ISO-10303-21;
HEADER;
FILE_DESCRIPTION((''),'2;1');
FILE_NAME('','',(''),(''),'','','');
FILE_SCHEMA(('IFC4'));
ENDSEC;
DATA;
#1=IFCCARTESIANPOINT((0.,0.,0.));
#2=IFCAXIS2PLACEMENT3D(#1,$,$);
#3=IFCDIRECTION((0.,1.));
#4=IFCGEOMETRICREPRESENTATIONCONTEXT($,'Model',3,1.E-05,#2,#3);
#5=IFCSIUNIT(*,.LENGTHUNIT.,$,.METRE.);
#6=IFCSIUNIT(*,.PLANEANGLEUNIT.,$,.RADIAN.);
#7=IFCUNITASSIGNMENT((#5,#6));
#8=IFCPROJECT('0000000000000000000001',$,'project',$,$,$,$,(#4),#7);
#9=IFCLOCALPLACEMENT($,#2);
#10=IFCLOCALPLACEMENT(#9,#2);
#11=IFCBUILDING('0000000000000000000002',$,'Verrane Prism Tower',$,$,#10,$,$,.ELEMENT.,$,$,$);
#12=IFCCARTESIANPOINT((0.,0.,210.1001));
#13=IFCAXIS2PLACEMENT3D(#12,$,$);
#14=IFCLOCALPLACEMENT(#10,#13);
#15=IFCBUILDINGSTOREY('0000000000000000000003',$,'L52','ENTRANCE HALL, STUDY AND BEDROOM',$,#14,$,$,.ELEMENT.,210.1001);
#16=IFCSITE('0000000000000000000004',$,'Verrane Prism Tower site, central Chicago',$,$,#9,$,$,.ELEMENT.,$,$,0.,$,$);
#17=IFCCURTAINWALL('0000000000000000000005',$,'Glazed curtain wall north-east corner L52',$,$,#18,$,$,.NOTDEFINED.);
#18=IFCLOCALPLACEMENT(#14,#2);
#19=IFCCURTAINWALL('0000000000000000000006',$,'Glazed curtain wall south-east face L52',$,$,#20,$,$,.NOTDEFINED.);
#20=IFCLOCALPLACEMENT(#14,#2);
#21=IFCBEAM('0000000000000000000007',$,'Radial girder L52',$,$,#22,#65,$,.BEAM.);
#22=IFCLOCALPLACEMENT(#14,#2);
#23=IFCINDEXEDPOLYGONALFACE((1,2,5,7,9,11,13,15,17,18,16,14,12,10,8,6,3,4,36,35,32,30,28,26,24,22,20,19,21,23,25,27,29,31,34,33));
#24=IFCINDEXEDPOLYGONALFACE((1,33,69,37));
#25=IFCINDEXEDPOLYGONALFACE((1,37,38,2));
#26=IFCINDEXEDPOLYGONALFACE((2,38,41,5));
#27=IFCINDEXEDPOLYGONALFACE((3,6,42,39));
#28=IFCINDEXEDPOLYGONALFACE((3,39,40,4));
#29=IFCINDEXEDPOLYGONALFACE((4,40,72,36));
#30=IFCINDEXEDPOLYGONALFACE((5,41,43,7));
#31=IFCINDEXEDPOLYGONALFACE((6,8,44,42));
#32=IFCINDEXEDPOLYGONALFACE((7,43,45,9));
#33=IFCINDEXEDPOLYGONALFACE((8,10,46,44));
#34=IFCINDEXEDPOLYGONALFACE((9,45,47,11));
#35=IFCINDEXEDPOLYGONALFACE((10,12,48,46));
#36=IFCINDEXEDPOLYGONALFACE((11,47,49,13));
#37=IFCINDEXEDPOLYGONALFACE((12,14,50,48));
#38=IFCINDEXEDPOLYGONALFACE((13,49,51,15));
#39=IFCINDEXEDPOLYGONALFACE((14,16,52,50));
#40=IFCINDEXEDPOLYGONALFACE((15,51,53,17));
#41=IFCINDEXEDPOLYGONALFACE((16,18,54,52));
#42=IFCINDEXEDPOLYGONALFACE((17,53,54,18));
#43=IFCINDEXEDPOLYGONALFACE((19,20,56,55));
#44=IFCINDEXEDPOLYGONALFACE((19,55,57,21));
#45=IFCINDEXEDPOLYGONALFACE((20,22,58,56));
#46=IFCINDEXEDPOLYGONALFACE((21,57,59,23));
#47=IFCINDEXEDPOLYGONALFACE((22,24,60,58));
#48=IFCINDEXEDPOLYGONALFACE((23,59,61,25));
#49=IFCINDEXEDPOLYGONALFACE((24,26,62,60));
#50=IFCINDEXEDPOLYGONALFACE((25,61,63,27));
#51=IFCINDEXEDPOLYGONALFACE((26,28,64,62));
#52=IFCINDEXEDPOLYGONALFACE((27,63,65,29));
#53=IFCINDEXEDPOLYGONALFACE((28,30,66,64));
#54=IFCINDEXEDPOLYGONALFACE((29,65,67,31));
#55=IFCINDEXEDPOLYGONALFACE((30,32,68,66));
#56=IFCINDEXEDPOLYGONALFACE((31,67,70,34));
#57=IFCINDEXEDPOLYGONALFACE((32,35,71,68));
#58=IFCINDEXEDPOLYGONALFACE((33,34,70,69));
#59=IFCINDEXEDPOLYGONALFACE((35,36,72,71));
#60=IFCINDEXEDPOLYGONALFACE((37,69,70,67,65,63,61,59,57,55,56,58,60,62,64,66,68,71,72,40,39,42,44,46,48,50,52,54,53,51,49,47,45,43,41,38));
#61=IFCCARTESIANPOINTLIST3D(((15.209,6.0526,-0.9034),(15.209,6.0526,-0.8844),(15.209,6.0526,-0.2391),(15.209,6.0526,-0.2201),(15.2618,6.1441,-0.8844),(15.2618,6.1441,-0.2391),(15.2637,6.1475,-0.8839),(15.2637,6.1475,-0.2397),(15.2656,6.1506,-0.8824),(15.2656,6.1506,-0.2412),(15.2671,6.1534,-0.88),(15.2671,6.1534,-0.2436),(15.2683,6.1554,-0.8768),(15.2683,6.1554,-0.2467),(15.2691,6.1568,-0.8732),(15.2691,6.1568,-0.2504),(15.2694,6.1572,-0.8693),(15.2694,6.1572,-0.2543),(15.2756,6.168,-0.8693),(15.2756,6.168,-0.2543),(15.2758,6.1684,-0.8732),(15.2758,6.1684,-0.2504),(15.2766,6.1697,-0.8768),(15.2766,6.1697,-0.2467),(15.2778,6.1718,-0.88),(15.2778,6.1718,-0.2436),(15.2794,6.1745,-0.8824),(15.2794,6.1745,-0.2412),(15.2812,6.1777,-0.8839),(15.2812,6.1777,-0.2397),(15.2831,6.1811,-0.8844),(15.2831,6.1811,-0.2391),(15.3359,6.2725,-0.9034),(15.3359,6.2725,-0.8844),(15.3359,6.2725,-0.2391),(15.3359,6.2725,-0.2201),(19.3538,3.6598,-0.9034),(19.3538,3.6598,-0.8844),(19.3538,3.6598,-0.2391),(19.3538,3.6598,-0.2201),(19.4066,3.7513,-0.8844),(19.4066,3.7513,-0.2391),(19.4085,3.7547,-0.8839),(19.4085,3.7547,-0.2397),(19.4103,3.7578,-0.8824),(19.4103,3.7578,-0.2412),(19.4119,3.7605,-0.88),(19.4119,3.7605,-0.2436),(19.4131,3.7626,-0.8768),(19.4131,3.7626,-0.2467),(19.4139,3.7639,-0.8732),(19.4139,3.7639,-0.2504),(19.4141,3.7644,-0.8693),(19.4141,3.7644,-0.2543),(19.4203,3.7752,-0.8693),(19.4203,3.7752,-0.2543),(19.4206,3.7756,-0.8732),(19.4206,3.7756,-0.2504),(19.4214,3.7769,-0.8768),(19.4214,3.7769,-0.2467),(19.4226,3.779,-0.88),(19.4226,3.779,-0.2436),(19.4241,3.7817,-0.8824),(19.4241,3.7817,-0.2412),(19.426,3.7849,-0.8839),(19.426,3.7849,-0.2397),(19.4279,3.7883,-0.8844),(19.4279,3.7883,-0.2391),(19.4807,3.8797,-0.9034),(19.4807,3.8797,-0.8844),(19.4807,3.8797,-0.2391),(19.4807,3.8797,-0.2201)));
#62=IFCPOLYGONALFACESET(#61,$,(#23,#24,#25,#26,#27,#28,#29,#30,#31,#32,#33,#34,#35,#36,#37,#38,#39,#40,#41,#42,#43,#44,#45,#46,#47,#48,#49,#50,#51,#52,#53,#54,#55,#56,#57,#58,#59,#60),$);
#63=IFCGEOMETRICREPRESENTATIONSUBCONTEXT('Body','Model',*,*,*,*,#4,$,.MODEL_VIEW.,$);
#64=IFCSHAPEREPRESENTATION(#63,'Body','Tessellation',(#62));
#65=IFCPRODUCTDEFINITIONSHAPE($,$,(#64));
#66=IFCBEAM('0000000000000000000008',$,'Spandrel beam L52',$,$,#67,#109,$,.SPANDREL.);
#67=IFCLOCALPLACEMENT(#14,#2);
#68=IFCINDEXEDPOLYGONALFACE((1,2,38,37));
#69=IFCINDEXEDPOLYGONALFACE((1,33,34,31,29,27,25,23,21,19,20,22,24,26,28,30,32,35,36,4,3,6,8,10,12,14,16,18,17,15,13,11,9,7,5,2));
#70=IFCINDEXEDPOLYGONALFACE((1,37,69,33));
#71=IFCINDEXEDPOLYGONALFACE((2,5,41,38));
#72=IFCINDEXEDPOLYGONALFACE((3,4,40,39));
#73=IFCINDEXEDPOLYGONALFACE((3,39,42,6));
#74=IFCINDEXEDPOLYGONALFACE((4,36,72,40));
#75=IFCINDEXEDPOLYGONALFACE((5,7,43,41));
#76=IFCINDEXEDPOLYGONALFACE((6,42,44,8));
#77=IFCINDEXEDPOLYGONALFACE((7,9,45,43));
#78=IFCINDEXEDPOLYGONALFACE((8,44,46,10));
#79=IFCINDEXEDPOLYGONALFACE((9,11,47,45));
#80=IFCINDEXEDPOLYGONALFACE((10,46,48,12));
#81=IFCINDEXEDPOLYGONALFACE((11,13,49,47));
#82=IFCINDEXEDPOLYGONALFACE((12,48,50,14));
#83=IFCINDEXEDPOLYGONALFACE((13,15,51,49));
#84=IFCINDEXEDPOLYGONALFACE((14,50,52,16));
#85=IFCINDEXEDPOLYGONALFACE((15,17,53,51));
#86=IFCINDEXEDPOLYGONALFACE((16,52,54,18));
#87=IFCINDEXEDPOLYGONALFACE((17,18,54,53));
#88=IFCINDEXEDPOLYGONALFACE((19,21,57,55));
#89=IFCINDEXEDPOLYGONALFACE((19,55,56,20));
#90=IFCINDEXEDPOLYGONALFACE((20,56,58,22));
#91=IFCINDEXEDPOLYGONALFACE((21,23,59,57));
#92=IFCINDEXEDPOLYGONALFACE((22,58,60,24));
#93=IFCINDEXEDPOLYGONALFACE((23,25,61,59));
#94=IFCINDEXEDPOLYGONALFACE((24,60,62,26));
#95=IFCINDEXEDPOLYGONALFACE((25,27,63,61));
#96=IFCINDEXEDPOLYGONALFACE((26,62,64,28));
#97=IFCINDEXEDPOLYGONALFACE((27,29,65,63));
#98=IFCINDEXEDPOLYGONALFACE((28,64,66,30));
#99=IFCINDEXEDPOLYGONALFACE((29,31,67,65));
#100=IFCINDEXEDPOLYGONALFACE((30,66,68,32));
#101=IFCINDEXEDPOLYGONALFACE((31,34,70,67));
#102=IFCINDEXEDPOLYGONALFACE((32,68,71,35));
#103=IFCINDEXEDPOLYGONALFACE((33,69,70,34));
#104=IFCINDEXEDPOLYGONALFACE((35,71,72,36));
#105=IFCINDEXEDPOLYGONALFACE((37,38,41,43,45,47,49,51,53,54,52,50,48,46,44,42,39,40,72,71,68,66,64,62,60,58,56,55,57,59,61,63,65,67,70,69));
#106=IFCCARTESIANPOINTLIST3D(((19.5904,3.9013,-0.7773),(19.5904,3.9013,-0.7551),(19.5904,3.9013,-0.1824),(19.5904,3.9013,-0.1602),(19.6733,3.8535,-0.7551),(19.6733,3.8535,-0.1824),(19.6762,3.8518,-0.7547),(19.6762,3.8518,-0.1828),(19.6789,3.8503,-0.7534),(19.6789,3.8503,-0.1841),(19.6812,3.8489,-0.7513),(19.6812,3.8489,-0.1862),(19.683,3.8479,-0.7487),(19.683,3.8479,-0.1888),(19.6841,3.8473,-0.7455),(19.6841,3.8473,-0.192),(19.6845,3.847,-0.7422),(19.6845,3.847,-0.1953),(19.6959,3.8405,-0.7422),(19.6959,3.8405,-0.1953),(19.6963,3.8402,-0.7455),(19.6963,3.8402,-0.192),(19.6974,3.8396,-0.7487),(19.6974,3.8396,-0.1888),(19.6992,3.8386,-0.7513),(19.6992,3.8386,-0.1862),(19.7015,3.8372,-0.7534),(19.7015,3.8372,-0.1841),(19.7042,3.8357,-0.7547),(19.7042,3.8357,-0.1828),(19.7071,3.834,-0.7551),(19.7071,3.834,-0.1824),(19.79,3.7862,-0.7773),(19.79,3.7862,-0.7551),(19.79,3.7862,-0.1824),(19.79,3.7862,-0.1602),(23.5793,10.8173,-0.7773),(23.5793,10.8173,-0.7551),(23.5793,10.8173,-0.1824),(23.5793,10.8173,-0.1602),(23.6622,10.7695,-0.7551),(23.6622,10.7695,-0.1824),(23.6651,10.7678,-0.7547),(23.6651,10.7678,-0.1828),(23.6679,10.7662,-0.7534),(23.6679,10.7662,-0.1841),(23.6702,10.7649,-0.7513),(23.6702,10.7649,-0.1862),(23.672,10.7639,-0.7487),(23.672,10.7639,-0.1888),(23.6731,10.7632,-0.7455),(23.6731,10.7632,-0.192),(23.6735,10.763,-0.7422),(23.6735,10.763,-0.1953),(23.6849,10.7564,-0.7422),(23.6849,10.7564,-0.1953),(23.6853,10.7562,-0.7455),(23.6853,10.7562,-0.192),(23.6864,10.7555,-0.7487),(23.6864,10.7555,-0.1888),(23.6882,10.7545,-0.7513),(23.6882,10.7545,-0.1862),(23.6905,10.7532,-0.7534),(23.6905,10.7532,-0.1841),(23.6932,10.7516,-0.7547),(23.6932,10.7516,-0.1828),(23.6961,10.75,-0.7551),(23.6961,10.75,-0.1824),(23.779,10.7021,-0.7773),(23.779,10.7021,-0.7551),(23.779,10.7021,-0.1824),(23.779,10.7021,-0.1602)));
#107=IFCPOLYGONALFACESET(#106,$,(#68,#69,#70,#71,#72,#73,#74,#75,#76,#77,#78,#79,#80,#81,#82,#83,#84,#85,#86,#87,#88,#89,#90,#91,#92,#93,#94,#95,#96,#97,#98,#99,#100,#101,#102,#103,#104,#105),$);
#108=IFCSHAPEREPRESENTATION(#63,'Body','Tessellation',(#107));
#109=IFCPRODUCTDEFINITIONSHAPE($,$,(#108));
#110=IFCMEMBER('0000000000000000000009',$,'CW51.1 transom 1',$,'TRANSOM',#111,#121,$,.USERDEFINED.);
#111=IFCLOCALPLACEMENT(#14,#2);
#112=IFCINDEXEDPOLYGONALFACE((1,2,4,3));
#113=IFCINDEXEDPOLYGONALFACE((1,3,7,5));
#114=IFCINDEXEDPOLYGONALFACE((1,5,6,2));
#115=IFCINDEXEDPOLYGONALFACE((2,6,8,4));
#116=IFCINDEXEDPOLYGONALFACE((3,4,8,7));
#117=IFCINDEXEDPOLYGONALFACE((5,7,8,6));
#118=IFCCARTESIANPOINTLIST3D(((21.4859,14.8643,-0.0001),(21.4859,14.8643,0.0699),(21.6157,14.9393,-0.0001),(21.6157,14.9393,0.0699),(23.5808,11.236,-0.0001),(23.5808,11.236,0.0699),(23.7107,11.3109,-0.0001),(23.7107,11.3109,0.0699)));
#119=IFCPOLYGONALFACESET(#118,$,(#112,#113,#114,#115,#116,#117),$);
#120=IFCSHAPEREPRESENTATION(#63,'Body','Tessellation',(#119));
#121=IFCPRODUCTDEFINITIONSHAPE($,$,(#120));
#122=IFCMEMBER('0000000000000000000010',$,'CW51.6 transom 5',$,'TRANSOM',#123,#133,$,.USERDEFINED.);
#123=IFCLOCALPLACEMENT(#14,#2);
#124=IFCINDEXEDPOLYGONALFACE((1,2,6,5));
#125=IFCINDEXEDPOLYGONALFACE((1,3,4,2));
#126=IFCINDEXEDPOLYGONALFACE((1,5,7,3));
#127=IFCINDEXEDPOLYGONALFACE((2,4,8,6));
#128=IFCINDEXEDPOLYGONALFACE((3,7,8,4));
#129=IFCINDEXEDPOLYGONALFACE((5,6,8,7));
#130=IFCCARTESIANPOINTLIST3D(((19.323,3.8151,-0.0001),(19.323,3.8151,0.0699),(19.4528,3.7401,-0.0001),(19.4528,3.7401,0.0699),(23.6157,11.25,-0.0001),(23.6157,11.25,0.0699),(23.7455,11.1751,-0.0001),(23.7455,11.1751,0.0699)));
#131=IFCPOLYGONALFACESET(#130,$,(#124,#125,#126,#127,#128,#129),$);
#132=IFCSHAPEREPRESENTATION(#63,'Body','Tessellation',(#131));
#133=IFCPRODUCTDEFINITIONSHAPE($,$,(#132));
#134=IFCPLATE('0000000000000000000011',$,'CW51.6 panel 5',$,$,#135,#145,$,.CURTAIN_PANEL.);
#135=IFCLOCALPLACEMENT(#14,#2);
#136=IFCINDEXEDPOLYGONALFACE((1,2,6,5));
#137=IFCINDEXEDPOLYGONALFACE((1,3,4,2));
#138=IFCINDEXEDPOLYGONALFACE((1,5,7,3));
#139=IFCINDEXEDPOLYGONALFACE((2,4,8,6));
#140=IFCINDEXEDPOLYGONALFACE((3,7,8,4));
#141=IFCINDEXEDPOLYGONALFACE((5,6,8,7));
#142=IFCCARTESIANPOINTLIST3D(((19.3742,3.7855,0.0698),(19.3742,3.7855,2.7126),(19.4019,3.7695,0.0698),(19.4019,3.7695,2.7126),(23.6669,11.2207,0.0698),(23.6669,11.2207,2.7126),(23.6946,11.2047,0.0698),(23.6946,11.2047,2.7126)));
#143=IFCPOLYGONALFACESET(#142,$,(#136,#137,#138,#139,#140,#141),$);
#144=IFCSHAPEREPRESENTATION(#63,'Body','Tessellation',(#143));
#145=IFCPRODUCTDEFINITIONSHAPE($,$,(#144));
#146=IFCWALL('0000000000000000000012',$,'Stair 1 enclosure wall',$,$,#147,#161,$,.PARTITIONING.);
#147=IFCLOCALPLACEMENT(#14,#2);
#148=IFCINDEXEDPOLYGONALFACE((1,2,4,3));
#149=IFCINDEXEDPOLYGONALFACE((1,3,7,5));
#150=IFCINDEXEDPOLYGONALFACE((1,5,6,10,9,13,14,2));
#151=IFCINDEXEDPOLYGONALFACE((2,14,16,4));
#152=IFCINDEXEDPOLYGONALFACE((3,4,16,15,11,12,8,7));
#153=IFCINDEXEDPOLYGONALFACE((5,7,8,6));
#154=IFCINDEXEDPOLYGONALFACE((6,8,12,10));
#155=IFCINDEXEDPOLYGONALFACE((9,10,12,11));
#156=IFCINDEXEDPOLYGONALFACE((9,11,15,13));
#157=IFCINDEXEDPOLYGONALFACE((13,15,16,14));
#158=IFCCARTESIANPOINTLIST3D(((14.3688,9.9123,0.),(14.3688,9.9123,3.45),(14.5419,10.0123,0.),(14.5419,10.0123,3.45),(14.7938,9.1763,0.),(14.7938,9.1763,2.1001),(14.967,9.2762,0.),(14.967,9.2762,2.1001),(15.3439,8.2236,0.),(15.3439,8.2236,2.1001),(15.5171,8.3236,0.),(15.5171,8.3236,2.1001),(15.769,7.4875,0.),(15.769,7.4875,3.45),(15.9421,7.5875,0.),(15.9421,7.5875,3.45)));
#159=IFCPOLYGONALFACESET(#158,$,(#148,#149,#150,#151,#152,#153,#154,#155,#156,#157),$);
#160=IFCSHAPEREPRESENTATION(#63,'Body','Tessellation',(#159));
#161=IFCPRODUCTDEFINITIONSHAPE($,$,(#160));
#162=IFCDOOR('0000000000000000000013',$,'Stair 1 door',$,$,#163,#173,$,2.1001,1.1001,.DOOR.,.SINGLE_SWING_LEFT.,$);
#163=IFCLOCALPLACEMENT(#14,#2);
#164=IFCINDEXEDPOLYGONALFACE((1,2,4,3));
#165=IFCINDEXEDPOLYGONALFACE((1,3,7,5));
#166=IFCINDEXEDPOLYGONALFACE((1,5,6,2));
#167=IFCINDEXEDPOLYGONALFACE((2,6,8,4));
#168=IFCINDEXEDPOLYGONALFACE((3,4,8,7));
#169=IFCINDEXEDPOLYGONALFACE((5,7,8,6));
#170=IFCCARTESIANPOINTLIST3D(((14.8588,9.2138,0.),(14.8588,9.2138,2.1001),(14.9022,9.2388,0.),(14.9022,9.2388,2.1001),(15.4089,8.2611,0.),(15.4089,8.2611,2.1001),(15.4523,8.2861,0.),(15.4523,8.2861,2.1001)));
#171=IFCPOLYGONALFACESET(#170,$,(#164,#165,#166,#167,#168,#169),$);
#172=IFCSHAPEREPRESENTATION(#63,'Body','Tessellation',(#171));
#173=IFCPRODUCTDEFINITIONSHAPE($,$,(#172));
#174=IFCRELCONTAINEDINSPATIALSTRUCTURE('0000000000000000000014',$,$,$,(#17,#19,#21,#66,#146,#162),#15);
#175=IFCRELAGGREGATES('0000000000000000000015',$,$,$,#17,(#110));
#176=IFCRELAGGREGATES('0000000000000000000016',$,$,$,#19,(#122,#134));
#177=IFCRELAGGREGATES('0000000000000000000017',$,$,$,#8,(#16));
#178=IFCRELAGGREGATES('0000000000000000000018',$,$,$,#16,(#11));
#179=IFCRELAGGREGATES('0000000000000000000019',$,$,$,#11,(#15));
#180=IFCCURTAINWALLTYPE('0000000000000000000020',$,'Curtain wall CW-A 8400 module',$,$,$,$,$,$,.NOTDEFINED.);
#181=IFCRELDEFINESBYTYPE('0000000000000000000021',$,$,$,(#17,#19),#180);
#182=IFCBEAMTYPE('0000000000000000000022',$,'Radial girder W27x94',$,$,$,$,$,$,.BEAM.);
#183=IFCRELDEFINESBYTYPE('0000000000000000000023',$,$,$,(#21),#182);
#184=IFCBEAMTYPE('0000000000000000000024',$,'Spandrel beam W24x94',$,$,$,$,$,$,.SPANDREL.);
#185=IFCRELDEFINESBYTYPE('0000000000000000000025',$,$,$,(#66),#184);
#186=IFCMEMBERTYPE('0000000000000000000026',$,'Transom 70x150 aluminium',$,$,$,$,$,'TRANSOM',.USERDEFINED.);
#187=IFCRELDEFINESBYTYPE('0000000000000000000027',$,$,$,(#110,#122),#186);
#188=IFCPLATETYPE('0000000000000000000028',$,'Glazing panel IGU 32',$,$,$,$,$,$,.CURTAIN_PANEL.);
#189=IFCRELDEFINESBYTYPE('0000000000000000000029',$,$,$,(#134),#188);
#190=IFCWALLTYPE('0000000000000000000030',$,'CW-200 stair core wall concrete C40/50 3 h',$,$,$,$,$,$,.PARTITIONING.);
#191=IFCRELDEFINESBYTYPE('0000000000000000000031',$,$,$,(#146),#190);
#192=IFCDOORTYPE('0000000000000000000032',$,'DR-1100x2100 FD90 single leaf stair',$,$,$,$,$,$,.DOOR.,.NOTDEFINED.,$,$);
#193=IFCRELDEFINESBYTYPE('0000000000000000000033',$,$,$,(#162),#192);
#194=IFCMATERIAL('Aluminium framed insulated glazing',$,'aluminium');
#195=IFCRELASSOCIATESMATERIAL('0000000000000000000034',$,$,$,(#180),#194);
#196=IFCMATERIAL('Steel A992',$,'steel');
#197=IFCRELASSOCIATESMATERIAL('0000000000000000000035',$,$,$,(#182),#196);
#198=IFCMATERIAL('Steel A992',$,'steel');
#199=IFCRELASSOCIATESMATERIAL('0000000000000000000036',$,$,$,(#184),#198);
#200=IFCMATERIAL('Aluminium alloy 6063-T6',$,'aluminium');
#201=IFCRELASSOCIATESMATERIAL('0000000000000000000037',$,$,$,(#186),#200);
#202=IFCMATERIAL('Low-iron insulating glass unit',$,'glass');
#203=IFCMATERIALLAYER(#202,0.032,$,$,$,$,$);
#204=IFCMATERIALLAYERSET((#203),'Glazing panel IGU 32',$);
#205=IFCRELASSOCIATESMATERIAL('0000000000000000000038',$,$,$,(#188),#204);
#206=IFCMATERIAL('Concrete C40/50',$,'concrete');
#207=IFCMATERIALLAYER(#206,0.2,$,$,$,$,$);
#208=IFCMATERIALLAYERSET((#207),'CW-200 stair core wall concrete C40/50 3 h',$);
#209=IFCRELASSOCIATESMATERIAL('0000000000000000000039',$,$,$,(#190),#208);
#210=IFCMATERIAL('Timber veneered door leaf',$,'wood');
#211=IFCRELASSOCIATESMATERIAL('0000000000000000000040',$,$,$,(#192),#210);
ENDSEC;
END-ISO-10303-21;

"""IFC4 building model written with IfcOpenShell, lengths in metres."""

from ifc_helpers import new_model, si_unit, direction, frame, frame_2d, origin, origin_2d, place, context, subcontext, project, spatial, rectangle, i_section, extrude, material, layer, layer_set, material_profile, profile_set, type_object, element, fill, aggregate, save


model = new_model("IFC4")

# Units and contexts
model_context = context("Model", 3, precision=1e-05, world=origin(), true_north=direction((0.0, 1.0)))
body_context = subcontext(model_context, "Body", "Model", "MODEL_VIEW")
ifc_project = project(units=[si_unit("LENGTHUNIT", "METRE"), si_unit("PLANEANGLEUNIT", "RADIAN")], contexts=[model_context])

# Site, building, storey
site_placement = place(None, origin())
site = spatial("IfcSite", under=ifc_project, at=site_placement, Name="Verrane Prism Tower site, central Chicago", CompositionType="ELEMENT", RefElevation=0.0)
building_placement = place(site_placement, origin())
building = spatial("IfcBuilding", under=site, at=building_placement, Name="Verrane Prism Tower", CompositionType="ELEMENT")
storey_placement = place(building_placement, frame((0.0, 0.0, 210.1001)))
storey = spatial("IfcBuildingStorey", under=building, at=storey_placement, Name="L52", Description="ENTRANCE HALL, STUDY AND BEDROOM", CompositionType="ELEMENT", Elevation=210.1001)

# Curtain walls
ifc_material_1 = material(Name="Aluminium framed insulated glazing", Category="aluminium")
curtain_wall_type = type_object("IfcCurtainWallType", Name="Curtain wall CW-A 8400 module", PredefinedType="NOTDEFINED", material=ifc_material_1)
curtain_wall_1_placement = place(storey_placement, origin())
curtain_wall_1 = element("IfcCurtainWall", 1, at=curtain_wall_1_placement, inside=storey, type_object=curtain_wall_type, Name="Glazed curtain wall north-east corner L52", PredefinedType="NOTDEFINED")
curtain_wall_2_placement = place(storey_placement, origin())
curtain_wall_2 = element("IfcCurtainWall", 2, at=curtain_wall_2_placement, inside=storey, type_object=curtain_wall_type, Name="Glazed curtain wall south-east face L52", PredefinedType="NOTDEFINED")

# Beams
ifc_material_2 = material(Name="Steel A992", Category="steel")
ifc_material_profile_1 = material_profile(ifc_material_2, i_section(OverallWidth=0.2539, OverallDepth=0.6833, WebThickness=0.0125, FlangeThickness=0.019, FilletRadius=0.0151, at=origin_2d()), Name="W27x94")
ifc_profile_set_1 = profile_set([ifc_material_profile_1], Name="Steel A992")
beam_type_1 = type_object("IfcBeamType", Name="Radial girder W27x94", PredefinedType="BEAM", material=ifc_profile_set_1)
beam_1_placement = place(storey_placement, frame((19.4172, 3.7698, -0.5618), z_axis=(-0.86604, 0.499974, 0.0), x_axis=(-0.499974, -0.86604, 0.0)))
element("IfcBeam", 3, at=beam_1_placement, inside=storey, type_object=beam_type_1, Name="Radial girder L52", PredefinedType="BEAM", context=body_context, shape_type="SweptSolid", body=[
    extrude(i_section(OverallWidth=0.2539, OverallDepth=0.6833, WebThickness=0.0125, FlangeThickness=0.019, FilletRadius=0.0151, at=origin_2d()), origin(), (0.0, 0.0, 1.0), 4.7859),
])
ifc_material_3 = material(Name="Steel A992", Category="steel")
ifc_material_profile_2 = material_profile(ifc_material_3, i_section(OverallWidth=0.2305, OverallDepth=0.6172, WebThickness=0.0132, FlangeThickness=0.0222, FilletRadius=0.0129, at=origin_2d()), Name="W24x94")
ifc_profile_set_2 = profile_set([ifc_material_profile_2], Name="Steel A992")
beam_type_2 = type_object("IfcBeamType", Name="Spandrel beam W24x94", PredefinedType="SPANDREL", material=ifc_profile_set_2)
beam_2_placement = place(storey_placement, frame((19.6902, 3.8438, -0.4688), z_axis=(0.499629, 0.86624, 0.0), x_axis=(-0.86624, 0.499629, 0.0)))
element("IfcBeam", 4, at=beam_2_placement, inside=storey, type_object=beam_type_2, Name="Spandrel beam L52", PredefinedType="SPANDREL", context=body_context, shape_type="SweptSolid", body=[
    extrude(i_section(OverallWidth=0.2305, OverallDepth=0.6172, WebThickness=0.0132, FlangeThickness=0.0222, FilletRadius=0.0129, at=origin_2d()), origin(), (0.0, 0.0, 1.0), 7.9839),
])

# Members
ifc_material_4 = material(Name="Aluminium alloy 6063-T6", Category="aluminium")
ifc_material_profile_3 = material_profile(ifc_material_4, rectangle(XDim=0.1499, YDim=0.0701, at=origin_2d()), Name="Transom 70x150 aluminium")
ifc_profile_set_3 = profile_set([ifc_material_profile_3], Name="Aluminium alloy 6063-T6")
member_type_1 = type_object("IfcMemberType", Name="Transom 70x150 aluminium", ElementType="TRANSOM", PredefinedType="USERDEFINED", material=ifc_profile_set_3)
member_1_placement = place(storey_placement, frame((23.6458, 11.2734, 0.0349), z_axis=(-0.500018, 0.866015, 0.0), x_axis=(-0.866015, -0.500018, 0.0)))
member_1 = element("IfcMember", 5, at=member_1_placement, type_object=member_type_1, Name="CW51.1 transom 1", ObjectType="TRANSOM", PredefinedType="USERDEFINED", context=body_context, shape_type="SweptSolid", body=[
    extrude(rectangle(XDim=0.1499, YDim=0.0701, at=origin_2d()), origin(), (0.0, 0.0, 1.0), 4.1897),
])
aggregate(curtain_wall_1, [member_1])
member_2_placement = place(storey_placement, frame((19.3879, 3.7776, 0.0349), z_axis=(0.500008, 0.866021, 0.0), x_axis=(-0.866021, 0.500008, 0.0)))
member_2 = element("IfcMember", 6, at=member_2_placement, type_object=member_type_1, Name="CW51.6 transom 5", ObjectType="TRANSOM", PredefinedType="USERDEFINED", context=body_context, shape_type="SweptSolid", body=[
    extrude(rectangle(XDim=0.1499, YDim=0.0701, at=origin_2d()), origin(), (0.0, 0.0, 1.0), 8.5852),
])

# Plate
ifc_material_5 = material(Name="Low-iron insulating glass unit", Category="glass")
ifc_layer_1 = layer(ifc_material_5, 0.032)
ifc_layer_set_1 = layer_set([ifc_layer_1], Name="Glazing panel IGU 32")
plate_type = type_object("IfcPlateType", Name="Glazing panel IGU 32", PredefinedType="CURTAIN_PANEL", material=ifc_layer_set_1)
plate_placement = place(storey_placement, frame((21.5344, 7.4951, 0.0698), z_axis=(0.0, 0.0, 1.0), x_axis=(0.499999, 0.866026, 0.0)))
plate = element("IfcPlate", 7, at=plate_placement, type_object=plate_type, Name="CW51.6 panel 5", PredefinedType="CURTAIN_PANEL", context=body_context, shape_type="SweptSolid", body=[
    extrude(rectangle(XDim=8.5854, YDim=0.032, at=origin_2d()), origin(), (0.0, 0.0, 1.0), 2.6428),
])
aggregate(curtain_wall_2, [member_2, plate])

# Wall, opening, door
ifc_material_6 = material(Name="Concrete C40/50", Category="concrete")
ifc_layer_2 = layer(ifc_material_6, 0.2)
ifc_layer_set_2 = layer_set([ifc_layer_2], Name="CW-200 stair core wall concrete C40/50 3 h")
wall_type_1 = type_object("IfcWallType", Name="CW-200 stair core wall concrete C40/50 3 h", PredefinedType="PARTITIONING", material=ifc_layer_set_2)
wall_1_placement = place(storey_placement, frame((15.8555, 7.5376, 0.0), z_axis=(0.0, 0.0, 1.0), x_axis=(-0.50005, 0.865997, 0.0)))
wall_1 = element("IfcWall", 8, at=wall_1_placement, inside=storey, type_object=wall_type_1, Name="Stair 1 enclosure wall", PredefinedType="PARTITIONING", context=body_context, shape_type="SweptSolid", body=[
    extrude(rectangle(XDim=2.8, YDim=0.2, at=frame_2d((1.3999, 0.0))), origin(), (0.0, 0.0, 1.0), 3.45),
])
opening_1_placement = place(wall_1_placement, frame((0.8499, 0.0, 0.0)))
opening_1 = element("IfcOpeningElement", 9, at=opening_1_placement, cuts=wall_1, PredefinedType="OPENING", context=body_context, shape_type="SweptSolid", body=[
    extrude(rectangle(XDim=1.1001, YDim=2.1001, at=frame_2d((0.55, 1.05))), frame((0.0, 0.1099, 0.0), z_axis=(0.0, -1.0, 0.0), x_axis=(1.0, 0.0, 0.0)), (0.0, 0.0, 1.0), 0.22),
])
ifc_material_7 = material(Name="Timber veneered door leaf", Category="wood")
door_type_1 = type_object("IfcDoorType", Name="DR-1100x2100 FD90 single leaf stair", OperationType="NOTDEFINED", PredefinedType="DOOR", material=ifc_material_7)
door_1_placement = place(opening_1_placement, origin())
door_1 = element("IfcDoor", 10, at=door_1_placement, inside=storey, type_object=door_type_1, Name="Stair 1 door", OperationType="SINGLE_SWING_LEFT", OverallHeight=2.1001, OverallWidth=1.1001, PredefinedType="DOOR", context=body_context, shape_type="SweptSolid", body=[
    extrude(rectangle(XDim=1.1001, YDim=2.1001, at=frame_2d((0.55, 1.05))), frame((0.0, 0.0249, 0.0), z_axis=(0.0, -1.0, 0.0), x_axis=(1.0, 0.0, 0.0)), (0.0, 0.0, 1.0), 0.05),
])
fill(opening_1, door_1)

save(model, "model.ifc")
